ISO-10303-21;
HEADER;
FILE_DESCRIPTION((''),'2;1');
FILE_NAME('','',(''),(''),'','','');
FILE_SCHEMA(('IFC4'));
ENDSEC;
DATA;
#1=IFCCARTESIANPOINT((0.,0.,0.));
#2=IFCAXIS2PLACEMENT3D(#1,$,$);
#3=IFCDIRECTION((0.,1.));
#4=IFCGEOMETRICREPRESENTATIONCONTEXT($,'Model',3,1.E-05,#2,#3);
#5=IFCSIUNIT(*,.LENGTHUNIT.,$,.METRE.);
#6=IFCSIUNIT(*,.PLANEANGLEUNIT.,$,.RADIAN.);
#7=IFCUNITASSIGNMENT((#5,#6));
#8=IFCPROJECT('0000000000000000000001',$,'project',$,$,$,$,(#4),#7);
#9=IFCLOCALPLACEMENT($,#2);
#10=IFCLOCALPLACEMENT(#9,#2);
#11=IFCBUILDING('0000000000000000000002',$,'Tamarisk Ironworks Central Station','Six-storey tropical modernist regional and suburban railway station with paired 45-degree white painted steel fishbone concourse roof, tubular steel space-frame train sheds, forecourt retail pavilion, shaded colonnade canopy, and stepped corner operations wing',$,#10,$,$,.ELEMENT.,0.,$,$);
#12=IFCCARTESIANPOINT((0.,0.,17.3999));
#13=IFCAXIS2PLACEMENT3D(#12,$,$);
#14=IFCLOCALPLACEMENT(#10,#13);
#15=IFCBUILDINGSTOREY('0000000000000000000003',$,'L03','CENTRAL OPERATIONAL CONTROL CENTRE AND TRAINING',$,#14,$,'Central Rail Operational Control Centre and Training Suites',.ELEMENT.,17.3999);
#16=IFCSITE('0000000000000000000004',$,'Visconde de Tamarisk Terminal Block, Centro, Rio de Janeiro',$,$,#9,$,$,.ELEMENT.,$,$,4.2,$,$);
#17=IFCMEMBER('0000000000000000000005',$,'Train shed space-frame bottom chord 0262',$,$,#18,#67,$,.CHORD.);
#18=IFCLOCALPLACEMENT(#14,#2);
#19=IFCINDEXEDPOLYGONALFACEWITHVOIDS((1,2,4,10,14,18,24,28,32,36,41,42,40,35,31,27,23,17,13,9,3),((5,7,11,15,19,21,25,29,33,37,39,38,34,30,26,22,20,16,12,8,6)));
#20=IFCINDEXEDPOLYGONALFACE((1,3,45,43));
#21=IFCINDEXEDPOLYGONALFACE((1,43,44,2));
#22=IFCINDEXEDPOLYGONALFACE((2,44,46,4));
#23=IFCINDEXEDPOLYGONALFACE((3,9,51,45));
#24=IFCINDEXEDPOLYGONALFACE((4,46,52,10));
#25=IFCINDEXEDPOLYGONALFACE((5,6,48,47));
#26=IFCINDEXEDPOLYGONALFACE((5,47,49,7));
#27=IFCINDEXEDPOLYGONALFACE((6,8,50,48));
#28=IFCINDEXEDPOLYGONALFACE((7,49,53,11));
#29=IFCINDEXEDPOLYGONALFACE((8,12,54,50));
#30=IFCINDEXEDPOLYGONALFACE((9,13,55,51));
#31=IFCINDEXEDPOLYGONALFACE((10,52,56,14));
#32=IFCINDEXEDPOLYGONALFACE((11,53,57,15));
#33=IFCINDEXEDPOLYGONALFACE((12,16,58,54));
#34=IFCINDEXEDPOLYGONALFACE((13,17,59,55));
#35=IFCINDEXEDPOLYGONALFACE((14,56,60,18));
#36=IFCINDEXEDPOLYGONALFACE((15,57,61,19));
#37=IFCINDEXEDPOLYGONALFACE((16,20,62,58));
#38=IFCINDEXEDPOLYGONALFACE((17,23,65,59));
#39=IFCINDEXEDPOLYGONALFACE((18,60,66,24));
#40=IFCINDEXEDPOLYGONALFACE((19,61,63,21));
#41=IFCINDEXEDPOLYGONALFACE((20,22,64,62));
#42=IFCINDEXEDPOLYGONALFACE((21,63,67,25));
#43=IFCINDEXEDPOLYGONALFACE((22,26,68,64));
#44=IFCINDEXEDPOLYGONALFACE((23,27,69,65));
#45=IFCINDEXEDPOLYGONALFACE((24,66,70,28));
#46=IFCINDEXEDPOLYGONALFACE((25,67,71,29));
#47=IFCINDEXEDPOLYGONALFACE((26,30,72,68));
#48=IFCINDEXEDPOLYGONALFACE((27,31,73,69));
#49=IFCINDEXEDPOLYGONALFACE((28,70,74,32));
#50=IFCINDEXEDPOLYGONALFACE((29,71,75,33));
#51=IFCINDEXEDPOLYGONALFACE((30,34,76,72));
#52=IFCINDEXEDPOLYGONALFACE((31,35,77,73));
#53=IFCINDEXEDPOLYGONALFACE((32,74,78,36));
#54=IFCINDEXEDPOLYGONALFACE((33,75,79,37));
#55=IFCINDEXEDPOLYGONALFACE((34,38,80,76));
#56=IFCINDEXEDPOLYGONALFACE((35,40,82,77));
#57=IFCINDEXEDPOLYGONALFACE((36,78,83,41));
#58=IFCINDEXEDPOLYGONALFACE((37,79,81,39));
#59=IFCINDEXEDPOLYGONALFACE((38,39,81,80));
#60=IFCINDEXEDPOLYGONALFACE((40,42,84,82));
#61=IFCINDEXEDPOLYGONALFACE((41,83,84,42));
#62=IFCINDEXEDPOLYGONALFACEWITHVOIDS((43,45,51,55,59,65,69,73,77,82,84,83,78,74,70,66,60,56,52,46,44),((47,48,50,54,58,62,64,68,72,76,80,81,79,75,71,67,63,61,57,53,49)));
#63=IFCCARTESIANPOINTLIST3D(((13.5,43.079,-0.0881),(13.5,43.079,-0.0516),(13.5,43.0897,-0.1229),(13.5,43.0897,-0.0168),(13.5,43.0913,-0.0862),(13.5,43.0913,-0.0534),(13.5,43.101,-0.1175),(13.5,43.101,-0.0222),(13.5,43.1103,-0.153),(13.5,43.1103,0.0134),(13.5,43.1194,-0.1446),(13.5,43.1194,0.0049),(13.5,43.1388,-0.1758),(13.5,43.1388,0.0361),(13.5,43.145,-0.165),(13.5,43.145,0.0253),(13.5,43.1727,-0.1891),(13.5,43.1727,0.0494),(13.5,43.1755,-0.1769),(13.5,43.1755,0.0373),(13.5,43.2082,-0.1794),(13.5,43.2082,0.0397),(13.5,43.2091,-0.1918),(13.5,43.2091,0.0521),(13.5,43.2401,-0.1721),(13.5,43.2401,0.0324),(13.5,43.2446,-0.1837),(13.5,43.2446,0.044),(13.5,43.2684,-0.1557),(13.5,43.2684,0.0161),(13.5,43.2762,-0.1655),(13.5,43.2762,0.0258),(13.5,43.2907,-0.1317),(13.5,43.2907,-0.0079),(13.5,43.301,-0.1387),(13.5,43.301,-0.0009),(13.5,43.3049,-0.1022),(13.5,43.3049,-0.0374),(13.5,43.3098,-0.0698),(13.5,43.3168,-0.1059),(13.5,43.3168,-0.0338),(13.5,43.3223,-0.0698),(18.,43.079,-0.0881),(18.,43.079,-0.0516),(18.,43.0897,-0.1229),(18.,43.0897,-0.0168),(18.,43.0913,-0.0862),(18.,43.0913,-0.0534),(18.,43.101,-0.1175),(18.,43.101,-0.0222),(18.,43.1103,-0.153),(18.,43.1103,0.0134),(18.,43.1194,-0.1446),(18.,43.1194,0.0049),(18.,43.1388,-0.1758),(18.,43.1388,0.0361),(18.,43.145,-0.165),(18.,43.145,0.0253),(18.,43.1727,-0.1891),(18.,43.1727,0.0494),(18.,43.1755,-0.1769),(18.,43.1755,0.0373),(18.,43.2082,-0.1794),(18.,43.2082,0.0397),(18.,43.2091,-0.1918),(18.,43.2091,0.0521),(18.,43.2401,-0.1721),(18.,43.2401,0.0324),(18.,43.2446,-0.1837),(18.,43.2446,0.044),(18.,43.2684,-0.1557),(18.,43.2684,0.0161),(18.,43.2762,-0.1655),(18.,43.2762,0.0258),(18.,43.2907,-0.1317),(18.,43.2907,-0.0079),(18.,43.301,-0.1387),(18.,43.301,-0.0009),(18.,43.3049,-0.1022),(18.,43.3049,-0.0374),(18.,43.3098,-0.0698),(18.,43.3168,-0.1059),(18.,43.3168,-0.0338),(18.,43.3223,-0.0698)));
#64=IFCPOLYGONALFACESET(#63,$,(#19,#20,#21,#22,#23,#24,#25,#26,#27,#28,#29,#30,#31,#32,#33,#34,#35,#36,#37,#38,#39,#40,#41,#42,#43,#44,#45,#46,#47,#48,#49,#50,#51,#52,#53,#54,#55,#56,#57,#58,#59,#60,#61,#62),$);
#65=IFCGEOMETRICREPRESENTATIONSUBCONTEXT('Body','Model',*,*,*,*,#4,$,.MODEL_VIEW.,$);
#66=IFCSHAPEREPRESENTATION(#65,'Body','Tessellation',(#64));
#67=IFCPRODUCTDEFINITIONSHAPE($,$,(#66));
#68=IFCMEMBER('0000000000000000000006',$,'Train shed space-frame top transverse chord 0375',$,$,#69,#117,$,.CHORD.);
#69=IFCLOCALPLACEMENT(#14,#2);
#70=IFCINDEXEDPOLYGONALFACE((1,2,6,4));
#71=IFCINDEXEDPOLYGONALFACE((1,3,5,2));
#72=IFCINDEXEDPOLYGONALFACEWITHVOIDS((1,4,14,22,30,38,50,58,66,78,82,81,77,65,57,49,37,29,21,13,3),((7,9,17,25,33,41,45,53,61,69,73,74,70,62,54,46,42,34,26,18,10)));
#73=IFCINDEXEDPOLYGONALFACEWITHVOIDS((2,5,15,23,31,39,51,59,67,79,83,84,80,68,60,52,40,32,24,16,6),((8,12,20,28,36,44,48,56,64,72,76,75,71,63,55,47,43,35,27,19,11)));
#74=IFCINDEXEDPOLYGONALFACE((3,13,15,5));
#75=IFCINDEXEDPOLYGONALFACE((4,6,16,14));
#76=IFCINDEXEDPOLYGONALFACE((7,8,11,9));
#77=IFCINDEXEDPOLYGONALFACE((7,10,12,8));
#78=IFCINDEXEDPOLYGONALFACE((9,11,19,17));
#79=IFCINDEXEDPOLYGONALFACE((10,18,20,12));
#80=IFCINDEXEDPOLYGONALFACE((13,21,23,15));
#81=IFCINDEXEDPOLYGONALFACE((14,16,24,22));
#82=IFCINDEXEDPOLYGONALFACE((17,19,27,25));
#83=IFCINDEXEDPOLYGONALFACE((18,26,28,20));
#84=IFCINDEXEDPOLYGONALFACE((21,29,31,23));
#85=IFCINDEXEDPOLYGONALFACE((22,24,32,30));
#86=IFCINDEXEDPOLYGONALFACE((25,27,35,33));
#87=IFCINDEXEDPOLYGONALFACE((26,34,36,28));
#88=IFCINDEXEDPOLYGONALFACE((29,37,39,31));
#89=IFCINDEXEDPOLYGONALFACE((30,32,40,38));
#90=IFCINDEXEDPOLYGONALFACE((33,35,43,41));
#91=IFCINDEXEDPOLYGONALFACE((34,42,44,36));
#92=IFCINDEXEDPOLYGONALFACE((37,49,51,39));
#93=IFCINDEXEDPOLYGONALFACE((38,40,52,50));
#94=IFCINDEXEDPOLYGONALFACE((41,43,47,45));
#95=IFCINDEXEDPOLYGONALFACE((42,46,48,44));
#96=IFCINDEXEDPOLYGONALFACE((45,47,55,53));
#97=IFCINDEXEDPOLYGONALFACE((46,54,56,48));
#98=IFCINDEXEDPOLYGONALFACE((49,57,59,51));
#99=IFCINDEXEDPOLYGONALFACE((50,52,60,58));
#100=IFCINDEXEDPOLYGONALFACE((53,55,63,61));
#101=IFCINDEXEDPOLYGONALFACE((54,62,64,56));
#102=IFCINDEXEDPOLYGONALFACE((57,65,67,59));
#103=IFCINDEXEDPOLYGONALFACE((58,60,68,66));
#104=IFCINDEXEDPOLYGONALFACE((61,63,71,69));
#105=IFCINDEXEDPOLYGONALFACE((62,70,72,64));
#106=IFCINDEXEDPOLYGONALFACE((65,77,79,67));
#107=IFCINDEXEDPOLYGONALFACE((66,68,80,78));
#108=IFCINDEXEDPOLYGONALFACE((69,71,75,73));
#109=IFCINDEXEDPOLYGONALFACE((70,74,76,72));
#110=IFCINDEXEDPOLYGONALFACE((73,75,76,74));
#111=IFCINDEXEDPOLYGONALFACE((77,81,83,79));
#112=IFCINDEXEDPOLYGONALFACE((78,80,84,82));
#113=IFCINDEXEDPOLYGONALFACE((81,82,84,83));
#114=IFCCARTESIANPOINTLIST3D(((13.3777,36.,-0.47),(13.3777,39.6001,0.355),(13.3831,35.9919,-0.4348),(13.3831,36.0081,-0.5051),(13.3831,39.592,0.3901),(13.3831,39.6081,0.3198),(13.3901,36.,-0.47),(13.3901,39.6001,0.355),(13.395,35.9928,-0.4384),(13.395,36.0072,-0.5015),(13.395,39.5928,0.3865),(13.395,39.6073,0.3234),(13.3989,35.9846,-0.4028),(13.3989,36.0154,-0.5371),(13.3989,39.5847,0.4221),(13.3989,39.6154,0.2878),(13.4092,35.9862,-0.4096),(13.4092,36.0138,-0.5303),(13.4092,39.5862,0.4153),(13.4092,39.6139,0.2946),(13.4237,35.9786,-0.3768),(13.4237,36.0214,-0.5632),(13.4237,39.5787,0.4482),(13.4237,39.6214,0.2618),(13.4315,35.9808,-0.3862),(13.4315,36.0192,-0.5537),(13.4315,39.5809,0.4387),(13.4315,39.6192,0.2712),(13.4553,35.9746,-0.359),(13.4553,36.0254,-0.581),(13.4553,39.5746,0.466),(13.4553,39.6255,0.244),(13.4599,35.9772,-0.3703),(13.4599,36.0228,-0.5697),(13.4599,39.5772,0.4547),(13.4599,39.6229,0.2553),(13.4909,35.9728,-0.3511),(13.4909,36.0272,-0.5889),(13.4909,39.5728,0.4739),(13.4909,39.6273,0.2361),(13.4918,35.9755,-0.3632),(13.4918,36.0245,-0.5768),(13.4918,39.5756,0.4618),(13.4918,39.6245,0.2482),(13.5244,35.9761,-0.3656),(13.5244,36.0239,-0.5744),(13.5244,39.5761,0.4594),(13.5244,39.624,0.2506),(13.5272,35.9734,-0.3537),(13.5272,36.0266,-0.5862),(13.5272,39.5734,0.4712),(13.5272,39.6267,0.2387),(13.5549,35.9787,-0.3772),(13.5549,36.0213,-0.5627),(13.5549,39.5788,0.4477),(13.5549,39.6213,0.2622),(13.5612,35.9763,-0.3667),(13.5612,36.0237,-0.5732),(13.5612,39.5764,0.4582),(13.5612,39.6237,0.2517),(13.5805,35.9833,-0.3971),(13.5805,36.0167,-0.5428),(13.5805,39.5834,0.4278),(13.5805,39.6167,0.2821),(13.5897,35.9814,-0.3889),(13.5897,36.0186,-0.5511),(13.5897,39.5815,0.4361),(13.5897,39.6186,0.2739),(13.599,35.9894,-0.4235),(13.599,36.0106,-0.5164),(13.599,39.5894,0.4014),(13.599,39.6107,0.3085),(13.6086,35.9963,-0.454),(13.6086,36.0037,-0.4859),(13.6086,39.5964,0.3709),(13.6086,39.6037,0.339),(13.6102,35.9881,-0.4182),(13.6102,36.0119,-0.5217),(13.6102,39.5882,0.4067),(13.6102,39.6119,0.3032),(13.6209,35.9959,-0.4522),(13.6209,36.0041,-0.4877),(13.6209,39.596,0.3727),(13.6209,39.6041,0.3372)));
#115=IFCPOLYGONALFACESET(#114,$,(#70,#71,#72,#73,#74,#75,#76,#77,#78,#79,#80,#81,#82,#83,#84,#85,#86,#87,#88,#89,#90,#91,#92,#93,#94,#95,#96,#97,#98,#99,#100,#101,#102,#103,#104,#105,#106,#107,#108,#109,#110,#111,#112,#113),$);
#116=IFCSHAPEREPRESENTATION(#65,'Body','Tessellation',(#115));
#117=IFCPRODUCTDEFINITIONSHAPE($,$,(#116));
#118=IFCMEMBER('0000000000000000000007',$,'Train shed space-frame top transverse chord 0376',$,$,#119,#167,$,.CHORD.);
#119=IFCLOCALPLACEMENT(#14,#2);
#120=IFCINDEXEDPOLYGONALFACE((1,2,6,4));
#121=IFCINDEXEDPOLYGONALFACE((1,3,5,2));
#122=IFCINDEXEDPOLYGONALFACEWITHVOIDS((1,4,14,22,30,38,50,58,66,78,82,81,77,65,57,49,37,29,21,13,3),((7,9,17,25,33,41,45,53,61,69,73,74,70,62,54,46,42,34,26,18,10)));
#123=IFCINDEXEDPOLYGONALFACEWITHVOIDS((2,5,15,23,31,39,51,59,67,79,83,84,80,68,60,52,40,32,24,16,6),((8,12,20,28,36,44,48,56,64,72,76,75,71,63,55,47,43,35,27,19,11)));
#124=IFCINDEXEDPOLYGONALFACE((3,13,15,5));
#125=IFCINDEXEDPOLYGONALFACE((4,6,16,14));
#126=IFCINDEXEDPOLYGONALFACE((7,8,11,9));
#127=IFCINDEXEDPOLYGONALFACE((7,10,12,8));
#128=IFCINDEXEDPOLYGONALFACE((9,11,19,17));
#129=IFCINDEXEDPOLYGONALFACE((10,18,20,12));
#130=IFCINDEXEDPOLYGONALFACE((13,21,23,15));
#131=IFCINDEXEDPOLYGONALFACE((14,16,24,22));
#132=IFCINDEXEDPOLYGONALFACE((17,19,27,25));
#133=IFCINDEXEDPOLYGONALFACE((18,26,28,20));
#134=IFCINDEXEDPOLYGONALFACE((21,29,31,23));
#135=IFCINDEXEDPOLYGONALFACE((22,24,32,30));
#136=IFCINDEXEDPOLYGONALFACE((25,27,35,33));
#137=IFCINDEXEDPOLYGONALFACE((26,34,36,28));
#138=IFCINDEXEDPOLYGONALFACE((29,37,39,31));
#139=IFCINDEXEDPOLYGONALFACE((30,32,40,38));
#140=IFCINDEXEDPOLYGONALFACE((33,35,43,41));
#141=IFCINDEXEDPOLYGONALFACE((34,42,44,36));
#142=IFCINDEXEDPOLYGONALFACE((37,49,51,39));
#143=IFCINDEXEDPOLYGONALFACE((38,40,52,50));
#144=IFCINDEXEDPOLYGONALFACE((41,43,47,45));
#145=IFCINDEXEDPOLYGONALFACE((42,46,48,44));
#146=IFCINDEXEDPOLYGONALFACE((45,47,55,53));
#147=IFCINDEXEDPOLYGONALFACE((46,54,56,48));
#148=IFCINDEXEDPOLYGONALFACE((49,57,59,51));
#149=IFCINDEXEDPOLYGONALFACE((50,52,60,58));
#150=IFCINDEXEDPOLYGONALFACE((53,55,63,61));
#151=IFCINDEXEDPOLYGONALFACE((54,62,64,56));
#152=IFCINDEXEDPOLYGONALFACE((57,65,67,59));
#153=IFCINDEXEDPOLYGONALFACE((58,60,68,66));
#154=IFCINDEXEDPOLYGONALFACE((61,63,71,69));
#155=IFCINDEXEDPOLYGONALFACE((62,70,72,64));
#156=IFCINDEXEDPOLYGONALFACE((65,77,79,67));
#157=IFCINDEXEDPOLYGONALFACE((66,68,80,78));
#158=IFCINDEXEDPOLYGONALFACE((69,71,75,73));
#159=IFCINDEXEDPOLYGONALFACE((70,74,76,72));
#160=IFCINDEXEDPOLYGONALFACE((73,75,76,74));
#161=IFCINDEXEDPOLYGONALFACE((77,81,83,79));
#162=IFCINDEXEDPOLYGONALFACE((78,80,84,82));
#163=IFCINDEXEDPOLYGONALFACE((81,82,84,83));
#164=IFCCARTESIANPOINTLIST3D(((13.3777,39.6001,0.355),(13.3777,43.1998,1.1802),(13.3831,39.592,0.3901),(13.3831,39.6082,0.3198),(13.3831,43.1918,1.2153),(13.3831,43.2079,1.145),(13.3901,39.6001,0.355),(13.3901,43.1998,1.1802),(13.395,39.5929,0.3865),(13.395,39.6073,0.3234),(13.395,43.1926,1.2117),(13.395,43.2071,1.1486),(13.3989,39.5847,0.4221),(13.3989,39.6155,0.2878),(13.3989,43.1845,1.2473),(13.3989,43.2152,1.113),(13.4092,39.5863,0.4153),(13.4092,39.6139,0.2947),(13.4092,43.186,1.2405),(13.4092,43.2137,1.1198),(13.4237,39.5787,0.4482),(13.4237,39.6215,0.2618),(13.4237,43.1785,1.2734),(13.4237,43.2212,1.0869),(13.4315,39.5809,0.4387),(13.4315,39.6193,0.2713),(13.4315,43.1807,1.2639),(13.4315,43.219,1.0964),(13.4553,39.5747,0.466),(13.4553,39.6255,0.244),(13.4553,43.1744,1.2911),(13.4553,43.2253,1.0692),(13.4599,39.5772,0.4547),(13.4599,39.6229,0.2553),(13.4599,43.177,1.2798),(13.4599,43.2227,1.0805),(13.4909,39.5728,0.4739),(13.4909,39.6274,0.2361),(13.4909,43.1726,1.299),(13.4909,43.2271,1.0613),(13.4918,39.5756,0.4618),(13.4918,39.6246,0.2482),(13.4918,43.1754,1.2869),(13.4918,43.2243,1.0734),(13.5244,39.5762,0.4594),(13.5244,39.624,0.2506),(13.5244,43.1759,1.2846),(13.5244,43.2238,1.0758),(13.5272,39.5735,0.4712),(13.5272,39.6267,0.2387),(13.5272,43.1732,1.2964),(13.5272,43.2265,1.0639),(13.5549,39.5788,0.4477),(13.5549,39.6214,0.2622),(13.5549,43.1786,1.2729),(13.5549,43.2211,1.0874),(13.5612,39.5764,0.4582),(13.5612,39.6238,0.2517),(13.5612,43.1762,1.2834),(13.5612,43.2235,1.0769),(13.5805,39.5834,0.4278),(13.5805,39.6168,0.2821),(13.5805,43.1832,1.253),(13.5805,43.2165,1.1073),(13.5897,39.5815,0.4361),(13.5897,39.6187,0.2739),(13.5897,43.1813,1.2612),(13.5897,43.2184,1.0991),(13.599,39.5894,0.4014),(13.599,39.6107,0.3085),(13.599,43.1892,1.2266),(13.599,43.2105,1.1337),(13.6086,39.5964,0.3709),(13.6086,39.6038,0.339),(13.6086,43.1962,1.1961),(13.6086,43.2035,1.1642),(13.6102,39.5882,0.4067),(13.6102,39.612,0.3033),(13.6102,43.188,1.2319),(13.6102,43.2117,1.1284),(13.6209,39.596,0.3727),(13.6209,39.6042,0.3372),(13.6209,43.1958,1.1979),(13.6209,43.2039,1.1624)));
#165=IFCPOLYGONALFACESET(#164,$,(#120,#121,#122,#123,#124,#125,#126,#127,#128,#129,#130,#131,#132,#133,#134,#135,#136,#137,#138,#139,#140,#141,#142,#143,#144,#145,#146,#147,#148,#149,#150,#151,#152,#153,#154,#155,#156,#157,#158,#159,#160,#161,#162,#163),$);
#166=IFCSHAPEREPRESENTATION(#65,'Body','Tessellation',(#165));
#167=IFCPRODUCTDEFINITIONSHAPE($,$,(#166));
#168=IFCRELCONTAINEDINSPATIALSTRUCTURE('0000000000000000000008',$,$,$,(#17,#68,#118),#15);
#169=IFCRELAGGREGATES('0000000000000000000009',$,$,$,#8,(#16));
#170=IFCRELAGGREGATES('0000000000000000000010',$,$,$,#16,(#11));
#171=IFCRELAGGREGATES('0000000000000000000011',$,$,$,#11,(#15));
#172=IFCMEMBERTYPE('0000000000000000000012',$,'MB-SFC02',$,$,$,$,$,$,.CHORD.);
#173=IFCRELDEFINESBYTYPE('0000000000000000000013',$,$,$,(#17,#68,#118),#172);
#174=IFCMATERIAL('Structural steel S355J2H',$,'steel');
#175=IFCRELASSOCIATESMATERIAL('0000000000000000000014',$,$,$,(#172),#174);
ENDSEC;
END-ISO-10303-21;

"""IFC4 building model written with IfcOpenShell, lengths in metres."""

from ifc_helpers import new_model, si_unit, direction, frame, origin, origin_2d, place, context, subcontext, project, spatial, hollow_circle, extrude, material, material_profile, profile_set, type_object, element, save


model = new_model("IFC4")

# Units and contexts
model_context = context("Model", 3, precision=1e-05, world=origin(), true_north=direction((0.0, 1.0)))
body_context = subcontext(model_context, "Body", "Model", "MODEL_VIEW")
ifc_project = project(units=[si_unit("LENGTHUNIT", "METRE"), si_unit("PLANEANGLEUNIT", "RADIAN")], contexts=[model_context])

# Site, building, storey
site_placement = place(None, origin())
site = spatial("IfcSite", under=ifc_project, at=site_placement, Name="Visconde de Tamarisk Terminal Block, Centro, Rio de Janeiro", CompositionType="ELEMENT", RefElevation=4.2)
building_placement = place(site_placement, origin())
building = spatial("IfcBuilding", under=site, at=building_placement, Name="Tamarisk Ironworks Central Station", Description="Six-storey tropical modernist regional and suburban railway station with paired 45-degree white painted steel fishbone concourse roof, tubular steel space-frame train sheds, forecourt retail pavilion, shaded colonnade canopy, and stepped corner operations wing", CompositionType="ELEMENT", ElevationOfRefHeight=0.0)
storey_placement = place(building_placement, frame((0.0, 0.0, 17.3999)))
storey = spatial("IfcBuildingStorey", under=building, at=storey_placement, Name="L03", Description="CENTRAL OPERATIONAL CONTROL CENTRE AND TRAINING", LongName="Central Rail Operational Control Centre and Training Suites", CompositionType="ELEMENT", Elevation=17.3999)

# Members
ifc_material_1 = material(Name="Structural steel S355J2H", Category="steel")
ifc_material_profile_1 = material_profile(ifc_material_1, hollow_circle(Radius=0.1223, WallThickness=0.0125, at=origin_2d()), Name="CHS 244.5x12.5")
ifc_profile_set_1 = profile_set([ifc_material_profile_1], Name="Structural steel S355J2H")
member_type_1 = type_object("IfcMemberType", Name="MB-SFC02", PredefinedType="CHORD", material=ifc_profile_set_1)
for number, where, z_axis, x_axis, name in (
    (1, (13.5, 43.2, -0.0698), (1.0, 0.0, 0.0), (0.0, 1.0, 0.0), "Train shed space-frame bottom chord 0262"),
):
    element("IfcMember", number, at=place(storey_placement, frame(where, z_axis=z_axis, x_axis=x_axis)), inside=storey, type_object=member_type_1, Name=name, PredefinedType="CHORD", context=body_context, shape_type="SweptSolid", body=[
        extrude(hollow_circle(Radius=0.1223, WallThickness=0.0125, at=origin_2d()), origin(), (0.0, 0.0, 1.0), 4.5),
    ])
member_1_placement = place(storey_placement, frame((13.5, 36.0, -0.47), z_axis=(0.0, 0.974737, 0.223358), x_axis=(-1.0, 0.0, 0.0)))
element("IfcMember", 2, at=member_1_placement, inside=storey, type_object=member_type_1, Name="Train shed space-frame top transverse chord 0375", PredefinedType="CHORD", context=body_context, shape_type="SweptSolid", body=[
    extrude(hollow_circle(Radius=0.1223, WallThickness=0.0125, at=origin_2d()), origin(), (0.0, 0.0, 1.0), 3.6934),
])
member_2_placement = place(storey_placement, frame((13.5, 39.6001, 0.355), z_axis=(0.0, 0.974719, 0.223435), x_axis=(-1.0, 0.0, 0.0)))
element("IfcMember", 3, at=member_2_placement, inside=storey, type_object=member_type_1, Name="Train shed space-frame top transverse chord 0376", PredefinedType="CHORD", context=body_context, shape_type="SweptSolid", body=[
    extrude(hollow_circle(Radius=0.1223, WallThickness=0.0125, at=origin_2d()), origin(), (0.0, 0.0, 1.0), 3.6931),
])

save(model, "model.ifc")
